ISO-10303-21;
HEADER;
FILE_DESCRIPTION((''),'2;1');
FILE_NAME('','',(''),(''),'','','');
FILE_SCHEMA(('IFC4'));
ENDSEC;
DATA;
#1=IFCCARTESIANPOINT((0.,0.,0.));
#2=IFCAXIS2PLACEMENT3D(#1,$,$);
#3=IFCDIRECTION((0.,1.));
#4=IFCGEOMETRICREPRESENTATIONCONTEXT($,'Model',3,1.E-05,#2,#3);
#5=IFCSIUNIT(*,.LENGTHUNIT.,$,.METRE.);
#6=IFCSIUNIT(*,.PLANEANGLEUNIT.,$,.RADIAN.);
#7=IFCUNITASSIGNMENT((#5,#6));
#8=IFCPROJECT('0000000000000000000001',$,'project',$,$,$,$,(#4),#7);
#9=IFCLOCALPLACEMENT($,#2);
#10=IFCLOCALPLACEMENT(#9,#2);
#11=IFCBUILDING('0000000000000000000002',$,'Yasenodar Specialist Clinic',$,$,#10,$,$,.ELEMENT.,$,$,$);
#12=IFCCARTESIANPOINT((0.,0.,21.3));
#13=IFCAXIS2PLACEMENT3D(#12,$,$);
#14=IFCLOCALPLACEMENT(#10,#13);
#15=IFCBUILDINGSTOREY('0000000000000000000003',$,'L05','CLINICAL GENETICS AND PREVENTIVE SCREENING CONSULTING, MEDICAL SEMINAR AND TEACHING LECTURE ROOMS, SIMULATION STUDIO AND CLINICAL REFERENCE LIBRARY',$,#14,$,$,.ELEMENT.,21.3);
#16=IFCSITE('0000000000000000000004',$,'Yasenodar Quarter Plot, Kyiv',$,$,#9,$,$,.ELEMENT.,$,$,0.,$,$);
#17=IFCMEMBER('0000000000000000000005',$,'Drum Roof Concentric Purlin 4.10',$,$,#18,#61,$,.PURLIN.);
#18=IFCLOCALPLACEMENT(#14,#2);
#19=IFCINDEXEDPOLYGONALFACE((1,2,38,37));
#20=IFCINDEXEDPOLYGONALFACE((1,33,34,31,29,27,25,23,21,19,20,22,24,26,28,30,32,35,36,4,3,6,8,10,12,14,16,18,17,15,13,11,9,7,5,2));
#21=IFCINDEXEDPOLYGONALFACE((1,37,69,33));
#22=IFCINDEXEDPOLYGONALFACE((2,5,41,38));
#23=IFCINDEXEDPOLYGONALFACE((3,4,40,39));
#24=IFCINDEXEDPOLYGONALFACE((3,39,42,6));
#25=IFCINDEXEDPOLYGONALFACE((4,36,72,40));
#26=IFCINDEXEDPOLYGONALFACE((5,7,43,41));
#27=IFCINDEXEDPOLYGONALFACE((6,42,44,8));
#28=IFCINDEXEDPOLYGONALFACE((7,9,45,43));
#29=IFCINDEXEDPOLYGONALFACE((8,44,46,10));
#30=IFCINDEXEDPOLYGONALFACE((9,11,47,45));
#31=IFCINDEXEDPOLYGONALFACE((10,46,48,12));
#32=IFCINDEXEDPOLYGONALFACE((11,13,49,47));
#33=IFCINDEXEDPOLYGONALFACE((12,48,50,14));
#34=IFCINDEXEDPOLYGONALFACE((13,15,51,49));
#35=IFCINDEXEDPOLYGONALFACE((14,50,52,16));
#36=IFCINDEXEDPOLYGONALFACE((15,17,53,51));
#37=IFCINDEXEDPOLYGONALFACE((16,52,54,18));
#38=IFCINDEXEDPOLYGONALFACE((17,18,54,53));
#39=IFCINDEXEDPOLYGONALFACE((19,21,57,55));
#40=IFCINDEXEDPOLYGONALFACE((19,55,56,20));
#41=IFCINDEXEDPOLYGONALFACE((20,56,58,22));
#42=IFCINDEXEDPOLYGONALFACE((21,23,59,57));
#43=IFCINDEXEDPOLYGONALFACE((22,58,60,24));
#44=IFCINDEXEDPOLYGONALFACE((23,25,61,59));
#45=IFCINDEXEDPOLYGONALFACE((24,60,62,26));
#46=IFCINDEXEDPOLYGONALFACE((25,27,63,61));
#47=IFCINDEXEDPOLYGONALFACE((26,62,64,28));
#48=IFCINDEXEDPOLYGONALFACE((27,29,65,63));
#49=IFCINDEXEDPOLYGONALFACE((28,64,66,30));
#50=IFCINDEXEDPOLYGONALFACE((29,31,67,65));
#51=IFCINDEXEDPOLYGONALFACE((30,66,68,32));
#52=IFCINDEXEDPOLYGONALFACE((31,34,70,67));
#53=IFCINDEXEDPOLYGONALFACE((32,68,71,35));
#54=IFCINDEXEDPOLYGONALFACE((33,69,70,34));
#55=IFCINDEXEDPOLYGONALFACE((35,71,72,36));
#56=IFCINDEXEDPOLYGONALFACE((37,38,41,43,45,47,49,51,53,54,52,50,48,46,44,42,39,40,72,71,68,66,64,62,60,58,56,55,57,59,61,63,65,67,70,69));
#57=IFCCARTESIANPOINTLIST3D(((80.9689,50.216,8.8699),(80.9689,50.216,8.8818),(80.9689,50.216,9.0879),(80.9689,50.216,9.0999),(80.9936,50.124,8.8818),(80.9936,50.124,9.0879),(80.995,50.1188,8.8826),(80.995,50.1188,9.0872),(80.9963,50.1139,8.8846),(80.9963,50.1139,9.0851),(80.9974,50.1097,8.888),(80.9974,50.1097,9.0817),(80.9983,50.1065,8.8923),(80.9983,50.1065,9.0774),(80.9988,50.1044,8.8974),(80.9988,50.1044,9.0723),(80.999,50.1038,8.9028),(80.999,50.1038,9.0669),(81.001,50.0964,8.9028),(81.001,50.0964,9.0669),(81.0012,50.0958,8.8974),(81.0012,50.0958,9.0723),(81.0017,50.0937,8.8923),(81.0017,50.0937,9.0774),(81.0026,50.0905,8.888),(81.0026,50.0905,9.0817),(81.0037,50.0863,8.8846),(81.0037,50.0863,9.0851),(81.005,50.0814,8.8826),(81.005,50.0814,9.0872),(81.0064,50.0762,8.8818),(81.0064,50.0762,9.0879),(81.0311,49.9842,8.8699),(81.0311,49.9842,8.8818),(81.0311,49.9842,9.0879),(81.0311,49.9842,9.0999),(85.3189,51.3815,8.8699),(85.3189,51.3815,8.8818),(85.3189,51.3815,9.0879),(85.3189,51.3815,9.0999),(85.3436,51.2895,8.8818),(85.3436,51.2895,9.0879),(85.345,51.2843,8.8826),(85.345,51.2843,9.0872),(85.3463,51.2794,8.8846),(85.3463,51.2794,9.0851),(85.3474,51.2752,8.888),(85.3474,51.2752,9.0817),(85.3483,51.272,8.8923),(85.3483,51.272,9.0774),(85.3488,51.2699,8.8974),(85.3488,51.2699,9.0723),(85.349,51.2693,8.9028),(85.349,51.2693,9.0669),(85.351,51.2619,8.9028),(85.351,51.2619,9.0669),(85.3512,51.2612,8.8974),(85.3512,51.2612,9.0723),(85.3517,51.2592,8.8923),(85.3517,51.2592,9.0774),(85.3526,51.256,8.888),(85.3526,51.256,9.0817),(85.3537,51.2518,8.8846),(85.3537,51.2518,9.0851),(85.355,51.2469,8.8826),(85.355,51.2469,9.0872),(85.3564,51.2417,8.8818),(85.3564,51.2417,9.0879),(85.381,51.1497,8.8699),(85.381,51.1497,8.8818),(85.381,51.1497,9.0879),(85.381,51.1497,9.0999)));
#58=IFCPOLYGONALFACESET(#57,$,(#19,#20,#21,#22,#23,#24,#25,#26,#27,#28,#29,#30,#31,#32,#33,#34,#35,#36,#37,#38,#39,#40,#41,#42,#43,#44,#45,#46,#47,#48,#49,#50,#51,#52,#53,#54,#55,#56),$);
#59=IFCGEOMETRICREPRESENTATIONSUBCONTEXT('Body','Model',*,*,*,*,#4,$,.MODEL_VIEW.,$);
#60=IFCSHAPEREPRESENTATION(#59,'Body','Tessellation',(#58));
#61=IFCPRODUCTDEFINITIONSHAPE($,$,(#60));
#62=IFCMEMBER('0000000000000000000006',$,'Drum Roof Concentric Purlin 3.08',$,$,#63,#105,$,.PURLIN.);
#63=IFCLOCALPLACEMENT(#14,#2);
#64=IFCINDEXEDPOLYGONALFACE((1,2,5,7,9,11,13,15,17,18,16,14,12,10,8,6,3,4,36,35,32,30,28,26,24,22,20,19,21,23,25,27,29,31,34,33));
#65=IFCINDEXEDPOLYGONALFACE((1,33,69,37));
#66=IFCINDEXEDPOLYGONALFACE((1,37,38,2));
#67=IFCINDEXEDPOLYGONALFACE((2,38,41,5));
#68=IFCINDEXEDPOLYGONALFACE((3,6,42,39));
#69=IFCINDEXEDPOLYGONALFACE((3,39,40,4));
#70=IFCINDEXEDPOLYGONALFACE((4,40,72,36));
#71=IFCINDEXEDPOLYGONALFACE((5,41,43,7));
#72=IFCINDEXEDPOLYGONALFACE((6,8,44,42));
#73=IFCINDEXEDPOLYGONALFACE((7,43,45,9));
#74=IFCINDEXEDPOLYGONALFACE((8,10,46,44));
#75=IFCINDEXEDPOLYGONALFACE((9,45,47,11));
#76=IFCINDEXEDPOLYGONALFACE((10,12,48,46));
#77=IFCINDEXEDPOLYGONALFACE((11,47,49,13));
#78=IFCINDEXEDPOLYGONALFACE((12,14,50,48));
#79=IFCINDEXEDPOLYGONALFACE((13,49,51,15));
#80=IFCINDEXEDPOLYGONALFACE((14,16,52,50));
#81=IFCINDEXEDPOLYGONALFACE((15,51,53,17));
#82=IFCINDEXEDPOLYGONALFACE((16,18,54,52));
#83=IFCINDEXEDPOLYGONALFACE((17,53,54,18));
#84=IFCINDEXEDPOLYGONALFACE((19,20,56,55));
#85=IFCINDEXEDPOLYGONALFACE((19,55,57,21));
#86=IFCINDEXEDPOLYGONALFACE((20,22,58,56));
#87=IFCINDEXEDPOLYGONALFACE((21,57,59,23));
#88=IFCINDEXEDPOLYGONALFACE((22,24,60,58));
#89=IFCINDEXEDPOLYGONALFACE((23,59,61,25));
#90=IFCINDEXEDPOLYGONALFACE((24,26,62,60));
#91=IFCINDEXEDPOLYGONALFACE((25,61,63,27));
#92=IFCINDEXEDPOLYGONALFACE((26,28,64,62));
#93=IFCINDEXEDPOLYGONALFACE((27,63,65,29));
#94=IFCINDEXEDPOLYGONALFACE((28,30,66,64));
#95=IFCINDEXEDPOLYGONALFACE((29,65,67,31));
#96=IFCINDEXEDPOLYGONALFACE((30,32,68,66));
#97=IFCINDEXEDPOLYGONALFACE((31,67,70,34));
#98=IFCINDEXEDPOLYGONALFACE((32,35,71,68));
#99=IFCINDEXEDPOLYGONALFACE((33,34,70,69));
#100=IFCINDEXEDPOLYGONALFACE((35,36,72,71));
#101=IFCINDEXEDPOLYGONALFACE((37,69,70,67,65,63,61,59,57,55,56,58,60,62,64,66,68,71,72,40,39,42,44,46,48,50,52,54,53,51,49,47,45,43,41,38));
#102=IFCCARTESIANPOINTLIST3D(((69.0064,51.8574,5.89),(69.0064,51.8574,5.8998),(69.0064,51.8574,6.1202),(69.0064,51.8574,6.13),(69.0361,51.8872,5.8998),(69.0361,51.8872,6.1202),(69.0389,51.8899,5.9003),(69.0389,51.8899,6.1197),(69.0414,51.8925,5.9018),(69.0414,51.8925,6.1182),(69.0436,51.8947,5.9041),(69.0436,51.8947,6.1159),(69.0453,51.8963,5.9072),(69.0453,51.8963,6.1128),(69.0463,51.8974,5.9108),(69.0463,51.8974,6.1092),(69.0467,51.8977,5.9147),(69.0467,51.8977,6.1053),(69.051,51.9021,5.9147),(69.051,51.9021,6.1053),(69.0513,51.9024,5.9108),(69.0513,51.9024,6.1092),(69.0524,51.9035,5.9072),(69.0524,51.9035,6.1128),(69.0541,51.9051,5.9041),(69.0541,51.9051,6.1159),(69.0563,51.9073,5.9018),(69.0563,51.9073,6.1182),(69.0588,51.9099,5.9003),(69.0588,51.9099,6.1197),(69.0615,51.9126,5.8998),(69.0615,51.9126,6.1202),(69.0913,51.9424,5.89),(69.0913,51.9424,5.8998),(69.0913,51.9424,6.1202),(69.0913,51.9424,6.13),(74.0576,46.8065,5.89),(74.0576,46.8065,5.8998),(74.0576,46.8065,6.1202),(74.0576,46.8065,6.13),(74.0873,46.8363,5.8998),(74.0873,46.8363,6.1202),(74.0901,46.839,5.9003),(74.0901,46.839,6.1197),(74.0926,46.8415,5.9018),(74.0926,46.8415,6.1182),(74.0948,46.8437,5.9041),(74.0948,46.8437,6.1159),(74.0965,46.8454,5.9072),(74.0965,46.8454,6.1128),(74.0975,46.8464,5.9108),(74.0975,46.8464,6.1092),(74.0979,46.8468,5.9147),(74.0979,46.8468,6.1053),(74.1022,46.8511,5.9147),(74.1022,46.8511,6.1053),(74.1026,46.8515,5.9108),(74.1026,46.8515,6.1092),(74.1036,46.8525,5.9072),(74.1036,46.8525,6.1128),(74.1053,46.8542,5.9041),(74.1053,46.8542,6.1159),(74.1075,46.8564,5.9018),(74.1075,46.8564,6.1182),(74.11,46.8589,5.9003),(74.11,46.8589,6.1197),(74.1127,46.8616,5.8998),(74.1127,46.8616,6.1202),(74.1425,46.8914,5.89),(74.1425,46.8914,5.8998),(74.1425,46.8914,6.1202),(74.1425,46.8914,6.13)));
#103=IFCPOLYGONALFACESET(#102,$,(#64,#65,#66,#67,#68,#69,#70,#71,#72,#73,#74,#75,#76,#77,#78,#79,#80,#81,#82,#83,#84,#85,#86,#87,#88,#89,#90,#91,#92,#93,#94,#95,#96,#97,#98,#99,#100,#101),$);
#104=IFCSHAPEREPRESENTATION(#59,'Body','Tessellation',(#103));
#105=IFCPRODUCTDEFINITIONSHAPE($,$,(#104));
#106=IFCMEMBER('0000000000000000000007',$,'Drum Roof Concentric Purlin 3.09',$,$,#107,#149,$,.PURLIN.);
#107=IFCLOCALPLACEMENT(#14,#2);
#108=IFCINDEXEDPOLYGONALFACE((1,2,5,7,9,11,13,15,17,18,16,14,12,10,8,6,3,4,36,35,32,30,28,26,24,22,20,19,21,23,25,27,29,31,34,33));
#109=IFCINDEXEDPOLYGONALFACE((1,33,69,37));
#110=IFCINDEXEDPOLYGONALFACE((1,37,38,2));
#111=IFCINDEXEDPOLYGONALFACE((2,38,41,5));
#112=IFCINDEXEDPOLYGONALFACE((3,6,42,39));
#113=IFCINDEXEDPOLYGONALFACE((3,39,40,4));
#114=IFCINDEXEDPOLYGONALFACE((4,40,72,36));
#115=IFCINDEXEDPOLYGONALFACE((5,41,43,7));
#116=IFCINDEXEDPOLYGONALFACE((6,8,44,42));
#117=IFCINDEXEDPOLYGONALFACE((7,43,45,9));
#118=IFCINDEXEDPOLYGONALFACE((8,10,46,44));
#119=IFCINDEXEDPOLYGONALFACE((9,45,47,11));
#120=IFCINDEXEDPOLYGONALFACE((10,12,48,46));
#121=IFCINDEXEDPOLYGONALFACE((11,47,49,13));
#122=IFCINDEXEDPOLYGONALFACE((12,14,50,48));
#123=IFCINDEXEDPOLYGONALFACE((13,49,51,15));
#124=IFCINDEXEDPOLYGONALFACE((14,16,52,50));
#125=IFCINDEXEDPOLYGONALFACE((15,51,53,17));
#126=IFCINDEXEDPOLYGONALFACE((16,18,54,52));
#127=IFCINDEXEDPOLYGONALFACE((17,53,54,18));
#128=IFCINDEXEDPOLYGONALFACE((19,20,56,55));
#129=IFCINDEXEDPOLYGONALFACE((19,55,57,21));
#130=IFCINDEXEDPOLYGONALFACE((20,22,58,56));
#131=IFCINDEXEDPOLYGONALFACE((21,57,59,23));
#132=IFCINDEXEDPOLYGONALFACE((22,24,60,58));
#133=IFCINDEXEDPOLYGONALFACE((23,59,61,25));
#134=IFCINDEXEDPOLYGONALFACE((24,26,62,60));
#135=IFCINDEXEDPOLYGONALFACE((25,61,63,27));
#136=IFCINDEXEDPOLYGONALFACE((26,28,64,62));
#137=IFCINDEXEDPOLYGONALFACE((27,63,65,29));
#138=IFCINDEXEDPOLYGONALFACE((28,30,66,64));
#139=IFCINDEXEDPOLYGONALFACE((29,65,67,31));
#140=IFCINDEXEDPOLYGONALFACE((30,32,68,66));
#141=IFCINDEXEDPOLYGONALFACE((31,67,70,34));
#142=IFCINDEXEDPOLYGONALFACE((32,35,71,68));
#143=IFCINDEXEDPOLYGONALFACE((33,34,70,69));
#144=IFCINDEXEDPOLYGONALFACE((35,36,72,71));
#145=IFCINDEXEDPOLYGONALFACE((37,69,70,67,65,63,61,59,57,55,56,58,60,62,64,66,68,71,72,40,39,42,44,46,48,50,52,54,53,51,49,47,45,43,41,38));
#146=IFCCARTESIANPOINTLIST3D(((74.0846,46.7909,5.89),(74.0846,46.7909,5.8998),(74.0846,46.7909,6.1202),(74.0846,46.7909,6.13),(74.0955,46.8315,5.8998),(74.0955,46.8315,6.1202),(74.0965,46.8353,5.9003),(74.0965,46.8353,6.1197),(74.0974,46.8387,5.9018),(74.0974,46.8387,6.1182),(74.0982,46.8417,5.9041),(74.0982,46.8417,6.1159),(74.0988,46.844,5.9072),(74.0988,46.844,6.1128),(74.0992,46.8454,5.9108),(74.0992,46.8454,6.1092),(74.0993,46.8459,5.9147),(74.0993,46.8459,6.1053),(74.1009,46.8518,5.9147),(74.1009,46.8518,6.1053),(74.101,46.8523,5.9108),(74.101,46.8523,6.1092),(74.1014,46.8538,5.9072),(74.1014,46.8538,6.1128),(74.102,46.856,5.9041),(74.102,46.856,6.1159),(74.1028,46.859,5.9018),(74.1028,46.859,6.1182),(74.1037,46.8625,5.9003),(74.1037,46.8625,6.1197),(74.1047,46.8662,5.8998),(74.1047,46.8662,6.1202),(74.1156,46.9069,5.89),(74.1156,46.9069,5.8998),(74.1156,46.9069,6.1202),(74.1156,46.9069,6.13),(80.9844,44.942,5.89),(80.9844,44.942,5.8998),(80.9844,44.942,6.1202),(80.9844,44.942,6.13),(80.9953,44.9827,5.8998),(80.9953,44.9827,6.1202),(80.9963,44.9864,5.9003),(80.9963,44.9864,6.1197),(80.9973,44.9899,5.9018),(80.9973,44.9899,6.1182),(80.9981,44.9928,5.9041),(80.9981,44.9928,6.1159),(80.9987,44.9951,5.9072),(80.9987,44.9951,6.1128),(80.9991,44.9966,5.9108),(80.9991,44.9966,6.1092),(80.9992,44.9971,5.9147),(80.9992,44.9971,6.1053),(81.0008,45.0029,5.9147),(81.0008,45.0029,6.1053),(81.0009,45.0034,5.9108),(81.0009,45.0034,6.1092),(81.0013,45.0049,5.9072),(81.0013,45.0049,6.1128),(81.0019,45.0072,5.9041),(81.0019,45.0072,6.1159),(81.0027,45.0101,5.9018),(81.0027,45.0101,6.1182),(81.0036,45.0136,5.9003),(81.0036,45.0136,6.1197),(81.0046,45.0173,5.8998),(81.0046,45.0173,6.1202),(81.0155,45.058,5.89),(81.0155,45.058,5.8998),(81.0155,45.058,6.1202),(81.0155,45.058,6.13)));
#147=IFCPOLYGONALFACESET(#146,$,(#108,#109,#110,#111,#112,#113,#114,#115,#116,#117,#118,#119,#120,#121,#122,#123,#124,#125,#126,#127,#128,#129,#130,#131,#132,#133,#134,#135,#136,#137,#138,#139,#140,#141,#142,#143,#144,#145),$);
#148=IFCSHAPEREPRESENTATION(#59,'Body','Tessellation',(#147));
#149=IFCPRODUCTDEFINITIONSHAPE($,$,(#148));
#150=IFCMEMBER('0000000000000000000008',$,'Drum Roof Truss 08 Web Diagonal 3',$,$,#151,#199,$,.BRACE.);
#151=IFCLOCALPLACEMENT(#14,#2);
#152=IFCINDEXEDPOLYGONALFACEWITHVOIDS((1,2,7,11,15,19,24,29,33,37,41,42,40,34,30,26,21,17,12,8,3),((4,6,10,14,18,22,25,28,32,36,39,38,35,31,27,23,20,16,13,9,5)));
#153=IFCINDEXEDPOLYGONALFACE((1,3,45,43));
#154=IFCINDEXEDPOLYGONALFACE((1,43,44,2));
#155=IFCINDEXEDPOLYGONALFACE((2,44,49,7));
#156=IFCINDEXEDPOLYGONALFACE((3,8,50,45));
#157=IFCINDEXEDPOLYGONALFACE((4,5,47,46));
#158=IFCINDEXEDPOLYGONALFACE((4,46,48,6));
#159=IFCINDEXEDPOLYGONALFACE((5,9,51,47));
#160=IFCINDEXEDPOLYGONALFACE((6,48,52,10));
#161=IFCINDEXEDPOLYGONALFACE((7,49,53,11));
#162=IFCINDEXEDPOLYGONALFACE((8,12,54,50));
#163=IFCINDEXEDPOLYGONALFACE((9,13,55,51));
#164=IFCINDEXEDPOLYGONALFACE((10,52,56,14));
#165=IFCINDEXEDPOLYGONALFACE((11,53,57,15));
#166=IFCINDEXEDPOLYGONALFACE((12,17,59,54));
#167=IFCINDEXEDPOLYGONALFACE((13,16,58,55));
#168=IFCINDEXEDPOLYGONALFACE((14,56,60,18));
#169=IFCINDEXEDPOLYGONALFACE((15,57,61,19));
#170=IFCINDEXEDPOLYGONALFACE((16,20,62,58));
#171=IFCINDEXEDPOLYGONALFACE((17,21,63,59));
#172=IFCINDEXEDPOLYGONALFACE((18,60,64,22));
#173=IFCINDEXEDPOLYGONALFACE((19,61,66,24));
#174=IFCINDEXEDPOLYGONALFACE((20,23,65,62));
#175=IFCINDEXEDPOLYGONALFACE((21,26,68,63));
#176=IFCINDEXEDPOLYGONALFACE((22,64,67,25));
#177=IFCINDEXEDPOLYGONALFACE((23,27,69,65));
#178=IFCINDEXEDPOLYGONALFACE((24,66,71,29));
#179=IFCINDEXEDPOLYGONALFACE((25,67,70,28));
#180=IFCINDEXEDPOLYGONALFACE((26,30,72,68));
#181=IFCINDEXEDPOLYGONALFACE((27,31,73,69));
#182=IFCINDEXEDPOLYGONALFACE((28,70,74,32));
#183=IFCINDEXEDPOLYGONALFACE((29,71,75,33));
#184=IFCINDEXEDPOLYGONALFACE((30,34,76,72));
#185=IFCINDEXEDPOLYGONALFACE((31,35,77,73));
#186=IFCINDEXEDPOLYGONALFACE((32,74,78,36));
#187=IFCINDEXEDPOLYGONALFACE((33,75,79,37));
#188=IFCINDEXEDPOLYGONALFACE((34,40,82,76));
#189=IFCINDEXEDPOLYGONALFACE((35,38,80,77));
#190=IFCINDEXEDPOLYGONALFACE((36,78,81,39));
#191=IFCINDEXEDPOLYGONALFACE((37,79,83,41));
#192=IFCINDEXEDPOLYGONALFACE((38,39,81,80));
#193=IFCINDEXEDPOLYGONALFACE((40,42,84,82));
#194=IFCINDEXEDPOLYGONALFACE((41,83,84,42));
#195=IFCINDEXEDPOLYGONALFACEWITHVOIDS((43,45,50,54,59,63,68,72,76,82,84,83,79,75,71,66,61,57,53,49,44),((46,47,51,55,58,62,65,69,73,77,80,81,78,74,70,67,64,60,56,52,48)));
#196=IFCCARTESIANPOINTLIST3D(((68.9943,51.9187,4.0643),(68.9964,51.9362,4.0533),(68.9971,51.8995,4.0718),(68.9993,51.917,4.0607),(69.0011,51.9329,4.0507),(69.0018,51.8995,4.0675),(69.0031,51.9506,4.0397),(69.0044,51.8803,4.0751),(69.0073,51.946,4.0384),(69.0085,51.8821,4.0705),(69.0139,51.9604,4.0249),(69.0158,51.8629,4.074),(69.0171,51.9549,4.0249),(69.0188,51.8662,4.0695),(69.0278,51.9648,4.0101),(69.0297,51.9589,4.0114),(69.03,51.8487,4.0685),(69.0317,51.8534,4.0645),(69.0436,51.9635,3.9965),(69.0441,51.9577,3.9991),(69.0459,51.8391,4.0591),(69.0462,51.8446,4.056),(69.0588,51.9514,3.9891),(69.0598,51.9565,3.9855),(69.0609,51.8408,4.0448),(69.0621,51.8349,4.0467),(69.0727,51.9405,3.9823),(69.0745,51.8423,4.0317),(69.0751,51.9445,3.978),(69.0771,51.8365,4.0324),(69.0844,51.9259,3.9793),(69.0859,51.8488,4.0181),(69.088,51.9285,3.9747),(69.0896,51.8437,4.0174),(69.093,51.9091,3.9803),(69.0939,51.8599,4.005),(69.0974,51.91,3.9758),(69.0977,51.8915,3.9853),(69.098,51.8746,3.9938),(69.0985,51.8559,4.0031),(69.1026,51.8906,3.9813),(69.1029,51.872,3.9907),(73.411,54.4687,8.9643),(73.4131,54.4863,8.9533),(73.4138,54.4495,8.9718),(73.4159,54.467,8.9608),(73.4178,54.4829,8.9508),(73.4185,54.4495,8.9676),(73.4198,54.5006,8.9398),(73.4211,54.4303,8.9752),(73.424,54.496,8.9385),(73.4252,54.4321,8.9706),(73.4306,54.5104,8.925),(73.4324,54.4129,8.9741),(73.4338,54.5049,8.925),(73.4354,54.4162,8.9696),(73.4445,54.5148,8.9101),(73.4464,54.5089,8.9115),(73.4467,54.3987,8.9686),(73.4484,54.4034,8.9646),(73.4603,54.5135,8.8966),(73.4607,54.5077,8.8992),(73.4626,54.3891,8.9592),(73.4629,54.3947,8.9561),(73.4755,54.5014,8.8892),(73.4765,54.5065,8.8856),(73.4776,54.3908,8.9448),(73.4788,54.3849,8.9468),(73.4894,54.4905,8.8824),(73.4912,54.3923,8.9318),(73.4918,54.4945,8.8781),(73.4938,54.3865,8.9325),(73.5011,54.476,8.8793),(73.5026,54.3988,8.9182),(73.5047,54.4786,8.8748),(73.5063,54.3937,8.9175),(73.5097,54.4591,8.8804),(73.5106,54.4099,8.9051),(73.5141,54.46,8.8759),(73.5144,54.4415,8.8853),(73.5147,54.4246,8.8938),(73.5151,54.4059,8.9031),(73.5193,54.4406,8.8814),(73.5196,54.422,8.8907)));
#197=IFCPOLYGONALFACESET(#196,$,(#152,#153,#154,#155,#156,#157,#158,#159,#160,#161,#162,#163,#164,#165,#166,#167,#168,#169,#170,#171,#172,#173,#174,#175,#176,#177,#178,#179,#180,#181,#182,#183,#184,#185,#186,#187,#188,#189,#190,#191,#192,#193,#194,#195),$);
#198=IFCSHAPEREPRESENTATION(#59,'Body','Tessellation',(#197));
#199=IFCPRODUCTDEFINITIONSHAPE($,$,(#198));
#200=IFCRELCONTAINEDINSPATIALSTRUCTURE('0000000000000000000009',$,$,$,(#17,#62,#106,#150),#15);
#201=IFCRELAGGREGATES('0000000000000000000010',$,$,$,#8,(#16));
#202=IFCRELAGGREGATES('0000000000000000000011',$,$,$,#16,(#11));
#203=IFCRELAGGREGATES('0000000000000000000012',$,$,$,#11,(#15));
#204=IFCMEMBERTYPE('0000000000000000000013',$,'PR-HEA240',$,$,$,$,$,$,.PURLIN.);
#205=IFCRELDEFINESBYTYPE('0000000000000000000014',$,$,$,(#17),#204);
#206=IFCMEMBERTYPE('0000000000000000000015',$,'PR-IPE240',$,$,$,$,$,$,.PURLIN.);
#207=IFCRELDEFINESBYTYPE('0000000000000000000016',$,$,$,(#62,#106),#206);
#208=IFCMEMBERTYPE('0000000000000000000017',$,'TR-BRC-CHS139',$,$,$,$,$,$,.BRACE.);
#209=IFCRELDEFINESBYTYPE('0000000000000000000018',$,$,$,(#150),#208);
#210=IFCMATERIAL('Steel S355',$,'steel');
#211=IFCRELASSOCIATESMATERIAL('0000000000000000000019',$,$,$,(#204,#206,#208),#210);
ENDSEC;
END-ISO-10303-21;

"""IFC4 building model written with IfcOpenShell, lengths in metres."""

from ifc_helpers import new_model, si_unit, direction, frame, origin, origin_2d, place, context, subcontext, project, spatial, hollow_circle, i_section, extrude, material, material_profile, profile_set, type_object, element, save


model = new_model("IFC4")

# Units and contexts
model_context = context("Model", 3, precision=1e-05, world=origin(), true_north=direction((0.0, 1.0)))
body_context = subcontext(model_context, "Body", "Model", "MODEL_VIEW")
ifc_project = project(units=[si_unit("LENGTHUNIT", "METRE"), si_unit("PLANEANGLEUNIT", "RADIAN")], contexts=[model_context])

# Site, building, storey
site_placement = place(None, origin())
site = spatial("IfcSite", under=ifc_project, at=site_placement, Name="Yasenodar Quarter Plot, Kyiv", CompositionType="ELEMENT", RefElevation=0.0)
building_placement = place(site_placement, origin())
building = spatial("IfcBuilding", under=site, at=building_placement, Name="Yasenodar Specialist Clinic", CompositionType="ELEMENT")
storey_placement = place(building_placement, frame((0.0, 0.0, 21.3)))
storey = spatial("IfcBuildingStorey", under=building, at=storey_placement, Name="L05", Description="CLINICAL GENETICS AND PREVENTIVE SCREENING CONSULTING, MEDICAL SEMINAR AND TEACHING LECTURE ROOMS, SIMULATION STUDIO AND CLINICAL REFERENCE LIBRARY", CompositionType="ELEMENT", Elevation=21.3)

# Shared definitions
ifc_material = material(Name="Steel S355", Category="steel")

# Members
ifc_material_profile_1 = material_profile(ifc_material, i_section(OverallWidth=0.24, OverallDepth=0.23, WebThickness=0.0076, FlangeThickness=0.012, FilletRadius=0.021, at=origin_2d()), Name="HEA 240")
ifc_profile_set_1 = profile_set([ifc_material_profile_1], Name="Steel S355")
member_type_1 = type_object("IfcMemberType", Name="PR-HEA240", PredefinedType="PURLIN", material=ifc_profile_set_1)
for number, where, z_axis, x_axis, name in (
    (1, (81.0, 50.1001, 8.9849), (0.96593, 0.258803, 0.0), (-0.258803, 0.96593, 0.0), "Drum Roof Concentric Purlin 4.10"),
):
    element("IfcMember", number, at=place(storey_placement, frame(where, z_axis=z_axis, x_axis=x_axis)), inside=storey, type_object=member_type_1, Name=name, PredefinedType="PURLIN", context=body_context, shape_type="SweptSolid", body=[
        extrude(i_section(OverallWidth=0.24, OverallDepth=0.23, WebThickness=0.0076, FlangeThickness=0.012, FilletRadius=0.021, at=origin_2d()), origin(), (0.0, 0.0, 1.0), 4.5034),
    ])
ifc_material_profile_2 = material_profile(ifc_material, i_section(OverallWidth=0.1201, OverallDepth=0.24, WebThickness=0.0061, FlangeThickness=0.0098, FilletRadius=0.0149, at=origin_2d()), Name="IPE 240")
ifc_profile_set_2 = profile_set([ifc_material_profile_2], Name="Steel S355")
member_type_2 = type_object("IfcMemberType", Name="PR-IPE240", PredefinedType="PURLIN", material=ifc_profile_set_2)
for number, where, z_axis, x_axis, name in (
    (2, (69.0488, 51.8999, 6.01), (0.707124, -0.70709, 0.0), (0.70709, 0.707124, 0.0), "Drum Roof Concentric Purlin 3.08"),
    (3, (74.1001, 46.8489, 6.01), (0.965924, -0.258826, 0.0), (0.258826, 0.965924, 0.0), "Drum Roof Concentric Purlin 3.09"),
):
    element("IfcMember", number, at=place(storey_placement, frame(where, z_axis=z_axis, x_axis=x_axis)), inside=storey, type_object=member_type_2, Name=name, PredefinedType="PURLIN", context=body_context, shape_type="SweptSolid", body=[
        extrude(i_section(OverallWidth=0.1201, OverallDepth=0.24, WebThickness=0.0061, FlangeThickness=0.0098, FilletRadius=0.0149, at=origin_2d()), origin(), (0.0, 0.0, 1.0), 7.1433),
    ])
ifc_material_profile_3 = material_profile(ifc_material, hollow_circle(Radius=0.0698, WallThickness=0.0063, at=origin_2d()), Name="CHS 139.7x6.3")
ifc_profile_set_3 = profile_set([ifc_material_profile_3], Name="Steel S355")
member_type_3 = type_object("IfcMemberType", Name="TR-BRC-CHS139", PredefinedType="BRACE", material=ifc_profile_set_3)
member_1_placement = place(storey_placement, frame((69.0488, 51.8999, 4.0249), z_axis=(0.624486, 0.360553, 0.692834), x_axis=(-0.500006, 0.866022, 0.0)))
element("IfcMember", 4, at=member_1_placement, inside=storey, type_object=member_type_3, Name="Drum Roof Truss 08 Web Diagonal 3", PredefinedType="BRACE", context=body_context, shape_type="SweptSolid", body=[
    extrude(hollow_circle(Radius=0.0698, WallThickness=0.0063, at=origin_2d()), origin(), (0.0, 0.0, 1.0), 7.0725),
])

save(model, "model.ifc")
